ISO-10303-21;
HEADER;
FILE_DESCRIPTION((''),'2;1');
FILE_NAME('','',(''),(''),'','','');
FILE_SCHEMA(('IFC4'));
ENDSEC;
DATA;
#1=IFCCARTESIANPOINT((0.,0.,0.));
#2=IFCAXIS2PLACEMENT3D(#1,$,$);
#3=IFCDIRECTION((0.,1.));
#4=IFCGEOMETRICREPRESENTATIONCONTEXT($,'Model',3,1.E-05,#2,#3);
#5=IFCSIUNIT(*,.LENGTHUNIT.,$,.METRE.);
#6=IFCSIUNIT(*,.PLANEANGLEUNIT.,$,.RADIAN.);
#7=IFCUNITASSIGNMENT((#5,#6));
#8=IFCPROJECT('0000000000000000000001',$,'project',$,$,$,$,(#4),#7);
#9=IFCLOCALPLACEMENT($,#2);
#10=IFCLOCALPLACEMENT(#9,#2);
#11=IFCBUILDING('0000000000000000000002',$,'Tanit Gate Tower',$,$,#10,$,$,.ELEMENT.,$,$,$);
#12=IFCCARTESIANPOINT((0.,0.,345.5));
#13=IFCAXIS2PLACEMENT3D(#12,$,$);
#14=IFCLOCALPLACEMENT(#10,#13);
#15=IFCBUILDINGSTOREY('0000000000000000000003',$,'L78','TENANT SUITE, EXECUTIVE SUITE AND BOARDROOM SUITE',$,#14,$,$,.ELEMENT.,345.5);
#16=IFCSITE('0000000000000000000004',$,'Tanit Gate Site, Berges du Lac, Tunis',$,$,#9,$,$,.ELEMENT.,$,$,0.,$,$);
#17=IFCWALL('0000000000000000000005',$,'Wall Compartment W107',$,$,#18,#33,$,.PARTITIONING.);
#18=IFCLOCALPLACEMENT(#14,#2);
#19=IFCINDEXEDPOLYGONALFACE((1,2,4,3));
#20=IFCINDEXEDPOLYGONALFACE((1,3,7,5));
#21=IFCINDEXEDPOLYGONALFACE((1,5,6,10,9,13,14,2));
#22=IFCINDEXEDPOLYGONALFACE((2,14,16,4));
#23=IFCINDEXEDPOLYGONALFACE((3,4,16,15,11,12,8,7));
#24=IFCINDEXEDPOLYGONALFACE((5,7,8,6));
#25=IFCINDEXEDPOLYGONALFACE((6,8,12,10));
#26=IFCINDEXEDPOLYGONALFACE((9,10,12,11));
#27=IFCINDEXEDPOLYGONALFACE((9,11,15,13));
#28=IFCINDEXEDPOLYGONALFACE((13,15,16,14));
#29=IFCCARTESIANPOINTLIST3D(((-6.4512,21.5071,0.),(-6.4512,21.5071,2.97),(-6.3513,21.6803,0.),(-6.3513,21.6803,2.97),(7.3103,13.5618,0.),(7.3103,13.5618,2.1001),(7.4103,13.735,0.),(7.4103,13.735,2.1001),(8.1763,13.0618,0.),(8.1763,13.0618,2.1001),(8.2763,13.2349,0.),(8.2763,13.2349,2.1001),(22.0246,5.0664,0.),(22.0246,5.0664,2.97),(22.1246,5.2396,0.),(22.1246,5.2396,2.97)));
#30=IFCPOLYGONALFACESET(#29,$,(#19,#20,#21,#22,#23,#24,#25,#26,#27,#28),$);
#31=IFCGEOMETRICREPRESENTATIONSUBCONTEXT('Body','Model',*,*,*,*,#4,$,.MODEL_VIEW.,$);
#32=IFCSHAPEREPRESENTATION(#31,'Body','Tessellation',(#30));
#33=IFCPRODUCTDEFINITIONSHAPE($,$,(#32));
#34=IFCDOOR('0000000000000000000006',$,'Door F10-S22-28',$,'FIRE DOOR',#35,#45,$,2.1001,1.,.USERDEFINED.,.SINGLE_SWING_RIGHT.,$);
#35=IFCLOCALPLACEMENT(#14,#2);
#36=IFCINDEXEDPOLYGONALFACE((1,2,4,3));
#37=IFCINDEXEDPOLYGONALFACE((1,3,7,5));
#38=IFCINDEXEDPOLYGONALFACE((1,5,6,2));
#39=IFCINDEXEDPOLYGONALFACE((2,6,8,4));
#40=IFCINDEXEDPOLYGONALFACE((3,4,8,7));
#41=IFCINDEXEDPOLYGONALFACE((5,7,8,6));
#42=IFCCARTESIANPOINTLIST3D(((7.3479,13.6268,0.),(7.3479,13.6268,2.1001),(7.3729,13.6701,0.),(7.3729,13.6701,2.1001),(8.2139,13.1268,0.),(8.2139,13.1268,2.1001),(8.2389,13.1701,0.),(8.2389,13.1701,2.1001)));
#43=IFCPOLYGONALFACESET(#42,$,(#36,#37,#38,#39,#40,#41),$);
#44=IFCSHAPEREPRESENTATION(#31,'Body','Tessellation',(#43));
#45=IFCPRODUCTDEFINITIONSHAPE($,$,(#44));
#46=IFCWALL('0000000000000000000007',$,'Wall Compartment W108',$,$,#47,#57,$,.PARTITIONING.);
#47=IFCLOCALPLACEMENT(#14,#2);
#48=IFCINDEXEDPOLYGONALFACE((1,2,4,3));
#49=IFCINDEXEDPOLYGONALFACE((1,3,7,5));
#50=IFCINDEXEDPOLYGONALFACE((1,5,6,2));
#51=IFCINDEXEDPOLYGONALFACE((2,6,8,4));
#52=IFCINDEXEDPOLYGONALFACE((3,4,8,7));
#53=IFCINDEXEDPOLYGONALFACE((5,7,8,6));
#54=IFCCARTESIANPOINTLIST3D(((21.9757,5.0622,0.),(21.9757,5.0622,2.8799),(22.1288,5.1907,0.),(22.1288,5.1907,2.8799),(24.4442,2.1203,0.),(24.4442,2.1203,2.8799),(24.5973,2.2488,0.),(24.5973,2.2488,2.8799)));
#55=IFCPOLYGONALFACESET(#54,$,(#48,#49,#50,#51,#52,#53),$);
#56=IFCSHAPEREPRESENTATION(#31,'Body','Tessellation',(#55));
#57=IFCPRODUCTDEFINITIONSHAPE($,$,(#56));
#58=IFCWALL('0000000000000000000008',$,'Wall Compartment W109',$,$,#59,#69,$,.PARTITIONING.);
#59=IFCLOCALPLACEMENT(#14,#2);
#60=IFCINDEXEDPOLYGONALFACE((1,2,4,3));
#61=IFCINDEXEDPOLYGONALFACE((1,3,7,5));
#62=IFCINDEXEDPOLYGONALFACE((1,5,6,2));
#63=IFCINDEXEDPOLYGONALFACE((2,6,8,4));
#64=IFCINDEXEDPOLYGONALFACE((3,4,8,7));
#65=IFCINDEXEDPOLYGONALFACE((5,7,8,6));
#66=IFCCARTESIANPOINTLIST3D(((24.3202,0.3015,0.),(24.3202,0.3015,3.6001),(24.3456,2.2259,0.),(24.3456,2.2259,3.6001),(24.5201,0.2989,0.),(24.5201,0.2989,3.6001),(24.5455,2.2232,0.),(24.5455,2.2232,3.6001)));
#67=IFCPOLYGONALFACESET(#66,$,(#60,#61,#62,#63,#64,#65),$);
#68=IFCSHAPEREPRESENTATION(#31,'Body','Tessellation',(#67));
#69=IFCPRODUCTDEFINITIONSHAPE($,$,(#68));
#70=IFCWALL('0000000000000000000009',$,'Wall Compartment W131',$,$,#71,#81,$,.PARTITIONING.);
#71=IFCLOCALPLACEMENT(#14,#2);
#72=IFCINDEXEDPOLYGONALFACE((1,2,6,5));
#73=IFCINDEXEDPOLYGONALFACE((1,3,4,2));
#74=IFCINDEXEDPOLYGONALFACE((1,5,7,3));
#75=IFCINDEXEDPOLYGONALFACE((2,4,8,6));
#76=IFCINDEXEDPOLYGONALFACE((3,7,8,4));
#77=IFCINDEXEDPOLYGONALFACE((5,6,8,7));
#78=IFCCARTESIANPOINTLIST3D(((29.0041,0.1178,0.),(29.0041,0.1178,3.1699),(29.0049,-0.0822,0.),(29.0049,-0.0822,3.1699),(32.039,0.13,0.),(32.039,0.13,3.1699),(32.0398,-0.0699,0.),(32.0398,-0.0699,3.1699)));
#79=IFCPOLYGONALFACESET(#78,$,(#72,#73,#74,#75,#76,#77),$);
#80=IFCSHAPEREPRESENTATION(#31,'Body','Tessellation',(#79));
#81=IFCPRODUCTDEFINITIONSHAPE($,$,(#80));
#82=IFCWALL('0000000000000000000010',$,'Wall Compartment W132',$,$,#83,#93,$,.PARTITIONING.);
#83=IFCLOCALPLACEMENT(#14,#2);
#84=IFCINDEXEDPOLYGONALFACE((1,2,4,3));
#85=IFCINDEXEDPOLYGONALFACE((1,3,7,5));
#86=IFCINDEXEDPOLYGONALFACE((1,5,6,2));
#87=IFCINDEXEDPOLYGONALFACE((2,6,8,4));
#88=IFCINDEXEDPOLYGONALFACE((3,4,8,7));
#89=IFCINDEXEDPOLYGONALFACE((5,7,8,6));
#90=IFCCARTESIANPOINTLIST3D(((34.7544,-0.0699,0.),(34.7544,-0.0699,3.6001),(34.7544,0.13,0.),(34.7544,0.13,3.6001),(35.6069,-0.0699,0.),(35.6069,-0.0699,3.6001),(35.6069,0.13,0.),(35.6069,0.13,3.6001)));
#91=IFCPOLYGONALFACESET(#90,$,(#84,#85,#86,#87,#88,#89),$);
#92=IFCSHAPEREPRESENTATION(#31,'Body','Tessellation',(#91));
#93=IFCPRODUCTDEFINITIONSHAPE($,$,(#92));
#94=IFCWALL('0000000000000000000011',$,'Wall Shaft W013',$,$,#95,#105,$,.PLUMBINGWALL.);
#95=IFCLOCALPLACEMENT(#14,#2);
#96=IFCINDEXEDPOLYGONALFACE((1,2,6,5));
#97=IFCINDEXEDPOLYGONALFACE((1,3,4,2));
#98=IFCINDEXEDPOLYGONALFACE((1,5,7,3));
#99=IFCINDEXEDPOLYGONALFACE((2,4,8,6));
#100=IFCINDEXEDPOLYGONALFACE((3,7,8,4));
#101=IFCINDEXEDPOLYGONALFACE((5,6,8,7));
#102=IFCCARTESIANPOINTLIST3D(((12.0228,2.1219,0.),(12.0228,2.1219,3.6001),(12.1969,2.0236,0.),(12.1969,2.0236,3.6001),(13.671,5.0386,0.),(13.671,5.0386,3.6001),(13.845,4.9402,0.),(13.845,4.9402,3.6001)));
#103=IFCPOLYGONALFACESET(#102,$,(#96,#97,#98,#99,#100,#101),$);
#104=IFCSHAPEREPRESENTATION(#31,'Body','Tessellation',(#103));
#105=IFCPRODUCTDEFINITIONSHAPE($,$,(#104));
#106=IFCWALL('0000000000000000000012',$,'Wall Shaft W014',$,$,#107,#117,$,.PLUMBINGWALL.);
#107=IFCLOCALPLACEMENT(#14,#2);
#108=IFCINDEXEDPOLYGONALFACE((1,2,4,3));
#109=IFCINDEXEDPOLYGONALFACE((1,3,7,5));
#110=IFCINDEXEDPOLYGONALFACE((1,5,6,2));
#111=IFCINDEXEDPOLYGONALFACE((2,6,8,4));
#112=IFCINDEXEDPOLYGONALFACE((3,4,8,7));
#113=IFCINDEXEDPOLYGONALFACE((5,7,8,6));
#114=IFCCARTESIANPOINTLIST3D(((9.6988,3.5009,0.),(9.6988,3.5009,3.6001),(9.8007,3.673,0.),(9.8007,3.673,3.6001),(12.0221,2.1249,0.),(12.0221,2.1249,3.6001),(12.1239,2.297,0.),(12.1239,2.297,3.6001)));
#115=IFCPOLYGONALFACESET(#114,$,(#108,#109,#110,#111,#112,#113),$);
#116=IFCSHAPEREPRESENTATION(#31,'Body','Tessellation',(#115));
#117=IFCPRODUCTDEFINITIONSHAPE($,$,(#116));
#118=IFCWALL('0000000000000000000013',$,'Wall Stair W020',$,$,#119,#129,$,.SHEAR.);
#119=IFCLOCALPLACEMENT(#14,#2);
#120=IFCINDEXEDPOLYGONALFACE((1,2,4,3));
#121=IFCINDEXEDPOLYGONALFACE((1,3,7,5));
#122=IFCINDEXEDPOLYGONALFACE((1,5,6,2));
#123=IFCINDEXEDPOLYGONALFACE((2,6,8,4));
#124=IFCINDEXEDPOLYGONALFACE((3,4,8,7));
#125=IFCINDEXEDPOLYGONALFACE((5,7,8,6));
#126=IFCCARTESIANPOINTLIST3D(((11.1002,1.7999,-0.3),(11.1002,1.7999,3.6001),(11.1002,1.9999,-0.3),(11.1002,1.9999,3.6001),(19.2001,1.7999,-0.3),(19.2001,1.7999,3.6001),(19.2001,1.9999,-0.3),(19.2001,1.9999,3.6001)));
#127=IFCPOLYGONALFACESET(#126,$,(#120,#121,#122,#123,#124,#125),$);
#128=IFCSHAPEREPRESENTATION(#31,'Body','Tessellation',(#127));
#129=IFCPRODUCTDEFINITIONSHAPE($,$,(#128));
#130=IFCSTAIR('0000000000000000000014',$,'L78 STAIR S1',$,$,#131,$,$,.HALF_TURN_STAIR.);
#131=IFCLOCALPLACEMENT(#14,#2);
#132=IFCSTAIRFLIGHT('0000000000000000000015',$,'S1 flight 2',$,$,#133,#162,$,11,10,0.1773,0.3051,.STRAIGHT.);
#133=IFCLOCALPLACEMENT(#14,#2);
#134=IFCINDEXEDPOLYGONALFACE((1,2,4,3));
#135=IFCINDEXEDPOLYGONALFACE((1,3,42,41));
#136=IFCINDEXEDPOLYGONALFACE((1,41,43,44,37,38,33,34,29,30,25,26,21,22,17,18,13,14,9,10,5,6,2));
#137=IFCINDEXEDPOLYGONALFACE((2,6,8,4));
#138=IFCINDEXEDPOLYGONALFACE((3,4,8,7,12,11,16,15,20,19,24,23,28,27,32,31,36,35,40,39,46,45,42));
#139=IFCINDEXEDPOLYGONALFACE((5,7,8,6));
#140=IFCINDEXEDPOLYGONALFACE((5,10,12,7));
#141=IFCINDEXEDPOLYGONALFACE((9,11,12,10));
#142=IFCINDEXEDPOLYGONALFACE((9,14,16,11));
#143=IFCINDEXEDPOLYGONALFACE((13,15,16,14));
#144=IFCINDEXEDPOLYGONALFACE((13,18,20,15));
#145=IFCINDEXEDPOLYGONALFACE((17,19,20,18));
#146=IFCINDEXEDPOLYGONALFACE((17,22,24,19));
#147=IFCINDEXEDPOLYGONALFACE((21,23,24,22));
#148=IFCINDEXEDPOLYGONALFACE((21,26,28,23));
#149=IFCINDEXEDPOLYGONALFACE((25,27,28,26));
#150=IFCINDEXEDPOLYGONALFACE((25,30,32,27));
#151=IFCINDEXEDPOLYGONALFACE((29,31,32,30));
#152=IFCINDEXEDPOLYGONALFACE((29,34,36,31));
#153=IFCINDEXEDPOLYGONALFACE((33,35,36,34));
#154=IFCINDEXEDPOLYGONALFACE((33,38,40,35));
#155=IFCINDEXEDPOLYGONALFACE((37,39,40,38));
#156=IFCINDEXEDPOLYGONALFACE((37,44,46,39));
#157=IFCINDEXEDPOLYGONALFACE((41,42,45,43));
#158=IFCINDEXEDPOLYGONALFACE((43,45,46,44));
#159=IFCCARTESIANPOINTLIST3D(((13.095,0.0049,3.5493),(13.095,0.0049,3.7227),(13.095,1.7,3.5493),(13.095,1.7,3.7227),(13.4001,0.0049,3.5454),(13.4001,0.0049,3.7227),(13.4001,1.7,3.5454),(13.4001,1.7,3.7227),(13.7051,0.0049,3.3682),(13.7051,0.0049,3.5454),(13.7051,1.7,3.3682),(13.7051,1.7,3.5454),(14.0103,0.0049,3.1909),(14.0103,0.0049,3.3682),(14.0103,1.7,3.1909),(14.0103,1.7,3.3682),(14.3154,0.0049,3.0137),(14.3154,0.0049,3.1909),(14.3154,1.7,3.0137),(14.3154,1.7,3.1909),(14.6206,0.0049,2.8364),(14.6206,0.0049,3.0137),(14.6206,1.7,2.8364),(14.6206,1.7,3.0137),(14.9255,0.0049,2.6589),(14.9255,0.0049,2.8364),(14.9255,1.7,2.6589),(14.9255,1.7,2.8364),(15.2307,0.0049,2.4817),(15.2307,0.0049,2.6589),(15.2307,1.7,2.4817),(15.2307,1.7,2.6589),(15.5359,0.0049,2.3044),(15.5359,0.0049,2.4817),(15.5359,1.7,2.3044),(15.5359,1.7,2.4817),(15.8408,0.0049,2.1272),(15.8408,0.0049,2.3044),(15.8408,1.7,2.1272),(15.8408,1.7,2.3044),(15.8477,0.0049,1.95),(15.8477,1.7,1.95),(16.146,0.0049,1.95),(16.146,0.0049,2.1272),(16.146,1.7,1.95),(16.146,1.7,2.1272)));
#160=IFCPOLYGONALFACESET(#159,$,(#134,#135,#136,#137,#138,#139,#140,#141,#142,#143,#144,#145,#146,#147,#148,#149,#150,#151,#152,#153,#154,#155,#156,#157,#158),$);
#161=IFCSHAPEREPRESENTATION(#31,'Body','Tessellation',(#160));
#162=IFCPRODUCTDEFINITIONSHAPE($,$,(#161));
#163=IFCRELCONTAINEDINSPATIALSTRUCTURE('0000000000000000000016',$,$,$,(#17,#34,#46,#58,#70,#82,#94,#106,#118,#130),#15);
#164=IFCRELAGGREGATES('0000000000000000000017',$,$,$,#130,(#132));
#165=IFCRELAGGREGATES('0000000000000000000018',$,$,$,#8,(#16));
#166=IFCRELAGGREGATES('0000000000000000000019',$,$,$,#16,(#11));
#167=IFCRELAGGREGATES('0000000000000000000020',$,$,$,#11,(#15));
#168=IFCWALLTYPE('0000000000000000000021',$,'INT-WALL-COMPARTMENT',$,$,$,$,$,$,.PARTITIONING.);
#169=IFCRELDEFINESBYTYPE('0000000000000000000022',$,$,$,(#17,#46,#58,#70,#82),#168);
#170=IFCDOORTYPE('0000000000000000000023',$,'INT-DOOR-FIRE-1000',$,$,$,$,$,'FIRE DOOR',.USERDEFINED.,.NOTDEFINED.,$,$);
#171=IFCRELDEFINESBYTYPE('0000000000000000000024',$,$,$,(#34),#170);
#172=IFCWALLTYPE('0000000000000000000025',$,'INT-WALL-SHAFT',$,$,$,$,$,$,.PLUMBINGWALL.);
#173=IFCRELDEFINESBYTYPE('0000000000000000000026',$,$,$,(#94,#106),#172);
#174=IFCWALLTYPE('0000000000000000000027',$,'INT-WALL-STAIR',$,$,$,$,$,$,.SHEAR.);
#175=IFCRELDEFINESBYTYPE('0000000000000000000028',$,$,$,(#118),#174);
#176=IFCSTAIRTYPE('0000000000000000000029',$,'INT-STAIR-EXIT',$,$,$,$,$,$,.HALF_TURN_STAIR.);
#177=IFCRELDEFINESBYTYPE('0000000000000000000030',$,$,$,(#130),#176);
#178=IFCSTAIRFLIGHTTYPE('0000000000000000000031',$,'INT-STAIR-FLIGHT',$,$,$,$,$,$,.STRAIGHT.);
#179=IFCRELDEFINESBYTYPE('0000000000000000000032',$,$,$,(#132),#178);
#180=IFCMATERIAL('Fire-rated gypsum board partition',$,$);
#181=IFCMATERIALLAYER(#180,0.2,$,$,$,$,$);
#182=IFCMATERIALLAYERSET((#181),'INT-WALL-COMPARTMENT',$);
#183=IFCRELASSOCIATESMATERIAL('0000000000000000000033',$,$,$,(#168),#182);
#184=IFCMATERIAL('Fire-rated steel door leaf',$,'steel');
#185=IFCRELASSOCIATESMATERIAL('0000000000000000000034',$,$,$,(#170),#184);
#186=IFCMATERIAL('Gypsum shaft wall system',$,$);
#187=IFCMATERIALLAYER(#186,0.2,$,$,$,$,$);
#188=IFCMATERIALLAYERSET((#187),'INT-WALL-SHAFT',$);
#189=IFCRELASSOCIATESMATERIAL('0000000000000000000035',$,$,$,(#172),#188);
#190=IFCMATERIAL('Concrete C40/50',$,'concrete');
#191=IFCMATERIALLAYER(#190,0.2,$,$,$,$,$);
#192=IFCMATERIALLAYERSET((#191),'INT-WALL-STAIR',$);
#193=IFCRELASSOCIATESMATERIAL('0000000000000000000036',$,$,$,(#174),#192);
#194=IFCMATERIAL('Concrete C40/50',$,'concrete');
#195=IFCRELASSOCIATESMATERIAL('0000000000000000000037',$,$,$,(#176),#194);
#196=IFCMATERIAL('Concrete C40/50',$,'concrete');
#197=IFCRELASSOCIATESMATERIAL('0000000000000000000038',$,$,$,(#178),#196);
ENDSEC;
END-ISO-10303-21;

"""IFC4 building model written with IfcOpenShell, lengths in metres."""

from ifc_helpers import new_model, si_unit, direction, frame, frame_2d, origin, place, context, subcontext, project, spatial, polyline, rectangle, outline, extrude, material, layer, layer_set, type_object, element, fill, aggregate, save


model = new_model("IFC4")

# Units and contexts
model_context = context("Model", 3, precision=1e-05, world=origin(), true_north=direction((0.0, 1.0)))
body_context = subcontext(model_context, "Body", "Model", "MODEL_VIEW")
ifc_project = project(units=[si_unit("LENGTHUNIT", "METRE"), si_unit("PLANEANGLEUNIT", "RADIAN")], contexts=[model_context])

# Site, building, storey
site_placement = place(None, origin())
site = spatial("IfcSite", under=ifc_project, at=site_placement, Name="Tanit Gate Site, Berges du Lac, Tunis", CompositionType="ELEMENT", RefElevation=0.0)
building_placement = place(site_placement, origin())
building = spatial("IfcBuilding", under=site, at=building_placement, Name="Tanit Gate Tower", CompositionType="ELEMENT")
storey_placement = place(building_placement, frame((0.0, 0.0, 345.5)))
storey = spatial("IfcBuildingStorey", under=building, at=storey_placement, Name="L78", Description="TENANT SUITE, EXECUTIVE SUITE AND BOARDROOM SUITE", CompositionType="ELEMENT", Elevation=345.5)

# Wall, opening, door
ifc_material_1 = material(Name="Fire-rated gypsum board partition")
ifc_layer_1 = layer(ifc_material_1, 0.2)
ifc_layer_set_1 = layer_set([ifc_layer_1], Name="INT-WALL-COMPARTMENT")
wall_type_1 = type_object("IfcWallType", Name="INT-WALL-COMPARTMENT", PredefinedType="PARTITIONING", material=ifc_layer_set_1)
wall_1_placement = place(storey_placement, frame((22.0745, 5.1531, 0.0), z_axis=(0.0, 0.0, 1.0), x_axis=(-0.866023, 0.500003, 0.0)))
wall_1 = element("IfcWall", 1, at=wall_1_placement, inside=storey, type_object=wall_type_1, Name="Wall Compartment W107", PredefinedType="PARTITIONING", context=body_context, shape_type="SweptSolid", body=[
    extrude(rectangle(XDim=32.8811, YDim=0.2, at=frame_2d((16.4404, 0.0))), origin(), (0.0, 0.0, 1.0), 2.97),
])
opening_1_placement = place(wall_1_placement, frame((15.9905, 0.0, 0.0)))
opening_1 = element("IfcOpeningElement", 2, at=opening_1_placement, cuts=wall_1, PredefinedType="OPENING", context=body_context, shape_type="SweptSolid", body=[
    extrude(rectangle(XDim=1.0, YDim=2.1001, at=frame_2d((0.5, 1.05))), frame((0.0, 0.1099, 0.0), z_axis=(0.0, -1.0, 0.0), x_axis=(1.0, 0.0, 0.0)), (0.0, 0.0, 1.0), 0.22),
])
ifc_material_2 = material(Name="Fire-rated steel door leaf", Category="steel")
door_type_1 = type_object("IfcDoorType", Name="INT-DOOR-FIRE-1000", ElementType="FIRE DOOR", OperationType="NOTDEFINED", PredefinedType="USERDEFINED", material=ifc_material_2)
door_1_placement = place(opening_1_placement, origin())
door_1 = element("IfcDoor", 3, at=door_1_placement, inside=storey, type_object=door_type_1, Name="Door F10-S22-28", ObjectType="FIRE DOOR", OperationType="SINGLE_SWING_RIGHT", OverallHeight=2.1001, OverallWidth=1.0, PredefinedType="USERDEFINED", context=body_context, shape_type="SweptSolid", body=[
    extrude(rectangle(XDim=1.0, YDim=2.1001, at=frame_2d((0.5, 1.05))), frame((0.0, 0.0249, 0.0), z_axis=(0.0, -1.0, 0.0), x_axis=(1.0, 0.0, 0.0)), (0.0, 0.0, 1.0), 0.05),
])
fill(opening_1, door_1)

# Walls
wall_2_placement = place(storey_placement, frame((24.5208, 2.1846, 0.0), z_axis=(0.0, 0.0, 1.0), x_axis=(-0.642782, 0.766049, 0.0)))
element("IfcWall", 4, at=wall_2_placement, inside=storey, type_object=wall_type_1, Name="Wall Compartment W108", PredefinedType="PARTITIONING", context=body_context, shape_type="SweptSolid", body=[
    extrude(rectangle(XDim=3.8403, YDim=0.2, at=frame_2d((1.9202, 0.0))), origin(), (0.0, 0.0, 1.0), 2.8799),
])
wall_3_placement = place(storey_placement, frame((24.4202, 0.3, 0.0), z_axis=(0.0, 0.0, 1.0), x_axis=(0.013193, 0.999913, 0.0)))
element("IfcWall", 5, at=wall_3_placement, inside=storey, type_object=wall_type_1, Name="Wall Compartment W109", PredefinedType="PARTITIONING", context=body_context, shape_type="SweptSolid", body=[
    extrude(rectangle(XDim=1.9246, YDim=0.2, at=frame_2d((0.9624, 0.0))), origin(), (0.0, 0.0, 1.0), 3.6001),
])
wall_4_placement = place(storey_placement, frame((29.0044, 0.0178, 0.0), z_axis=(0.0, 0.0, 1.0), x_axis=(0.999992, 0.004022, 0.0)))
element("IfcWall", 6, at=wall_4_placement, inside=storey, type_object=wall_type_1, Name="Wall Compartment W131", PredefinedType="PARTITIONING", context=body_context, shape_type="SweptSolid", body=[
    extrude(rectangle(XDim=3.0349, YDim=0.2, at=frame_2d((1.5176, 0.0))), origin(), (0.0, 0.0, 1.0), 3.1699),
])
wall_5_placement = place(storey_placement, frame((34.7544, 0.03, 0.0), z_axis=(0.0, 0.0, 1.0), x_axis=(1.0, 0.0, 0.0)))
element("IfcWall", 7, at=wall_5_placement, inside=storey, type_object=wall_type_1, Name="Wall Compartment W132", PredefinedType="PARTITIONING", context=body_context, shape_type="SweptSolid", body=[
    extrude(rectangle(XDim=0.8525, YDim=0.2, at=frame_2d((0.4263, 0.0))), origin(), (0.0, 0.0, 1.0), 3.6001),
])
ifc_material_3 = material(Name="Gypsum shaft wall system")
ifc_layer_2 = layer(ifc_material_3, 0.2)
ifc_layer_set_2 = layer_set([ifc_layer_2], Name="INT-WALL-SHAFT")
wall_type_2 = type_object("IfcWallType", Name="INT-WALL-SHAFT", PredefinedType="PLUMBINGWALL", material=ifc_layer_set_2)
wall_6_placement = place(storey_placement, frame((12.1099, 2.0728, 0.0), z_axis=(0.0, 0.0, 1.0), x_axis=(0.491966, 0.870614, 0.0)))
element("IfcWall", 8, at=wall_6_placement, inside=storey, type_object=wall_type_2, Name="Wall Shaft W013", PredefinedType="PLUMBINGWALL", context=body_context, shape_type="SweptSolid", body=[
    extrude(rectangle(XDim=3.3501, YDim=0.2, at=frame_2d((1.675, 0.0))), origin(), (0.0, 0.0, 1.0), 3.6001),
])
wall_7_placement = place(storey_placement, frame((12.073, 2.2109, 0.0), z_axis=(0.0, 0.0, 1.0), x_axis=(-0.860415, 0.509594, 0.0)))
element("IfcWall", 9, at=wall_7_placement, inside=storey, type_object=wall_type_2, Name="Wall Shaft W014", PredefinedType="PLUMBINGWALL", context=body_context, shape_type="SweptSolid", body=[
    extrude(rectangle(XDim=2.7002, YDim=0.2, at=frame_2d((1.3501, 0.0))), origin(), (0.0, 0.0, 1.0), 3.6001),
])
ifc_material_4 = material(Name="Concrete C40/50", Category="concrete")
ifc_layer_3 = layer(ifc_material_4, 0.2)
ifc_layer_set_3 = layer_set([ifc_layer_3], Name="INT-WALL-STAIR")
wall_type_3 = type_object("IfcWallType", Name="INT-WALL-STAIR", PredefinedType="SHEAR", material=ifc_layer_set_3)
wall_8_placement = place(storey_placement, frame((19.2, 1.8999, -0.3), z_axis=(0.0, 0.0, 1.0), x_axis=(-1.0, 0.0, 0.0)))
element("IfcWall", 10, at=wall_8_placement, inside=storey, type_object=wall_type_3, Name="Wall Stair W020", PredefinedType="SHEAR", context=body_context, shape_type="SweptSolid", body=[
    extrude(rectangle(XDim=8.0999, YDim=0.2, at=frame_2d((4.0498, 0.0))), origin(), (0.0, 0.0, 1.0), 3.9001),
])

# Stair, stair flight
ifc_material_5 = material(Name="Concrete C40/50", Category="concrete")
stair_type = type_object("IfcStairType", Name="INT-STAIR-EXIT", PredefinedType="HALF_TURN_STAIR", material=ifc_material_5)
stair_placement = place(storey_placement, origin())
stair = element("IfcStair", 11, at=stair_placement, inside=storey, type_object=stair_type, Name="L78 STAIR S1", PredefinedType="HALF_TURN_STAIR")
ifc_material_6 = material(Name="Concrete C40/50", Category="concrete")
stair_flight_type = type_object("IfcStairFlightType", Name="INT-STAIR-FLIGHT", PredefinedType="STRAIGHT", material=ifc_material_6)
stair_flight_placement = place(storey_placement, frame((16.146, 0.8525, 1.95), z_axis=(0.0, 0.0, 1.0), x_axis=(-1.0, 0.0, 0.0)))
stair_flight = element("IfcStairFlight", 12, at=stair_flight_placement, type_object=stair_flight_type, Name="S1 flight 2", NumberOfRisers=11, NumberOfTreads=10, PredefinedType="STRAIGHT", RiserHeight=0.1773, TreadLength=0.3051, context=body_context, shape_type="SweptSolid", body=[
    extrude(outline(polyline([(0.0, 0.0), (0.0, 0.1772), (0.3052, 0.1772), (0.3052, 0.3545), (0.6101, 0.3545), (0.6101, 0.5317), (0.9153, 0.5317), (0.9153, 0.709), (1.2205, 0.709), (1.2205, 0.8865), (1.5254, 0.8865), (1.5254, 1.0637), (1.8306, 1.0637), (1.8306, 1.241), (2.1357, 1.241), (2.1357, 1.4182), (2.4409, 1.4182), (2.4409, 1.5955), (2.7458, 1.5955), (2.7458, 1.7727), (3.051, 1.7727), (3.051, 1.95), (3.051, 1.5994), (0.2983, 0.0), (0.0, 0.0)])), frame((0.0, 0.8477, 0.0), z_axis=(0.0, -1.0, 0.0), x_axis=(1.0, 0.0, 0.0)), (0.0, 0.0, 1.0), 1.6951),
])
aggregate(stair, [stair_flight])

save(model, "model.ifc")
